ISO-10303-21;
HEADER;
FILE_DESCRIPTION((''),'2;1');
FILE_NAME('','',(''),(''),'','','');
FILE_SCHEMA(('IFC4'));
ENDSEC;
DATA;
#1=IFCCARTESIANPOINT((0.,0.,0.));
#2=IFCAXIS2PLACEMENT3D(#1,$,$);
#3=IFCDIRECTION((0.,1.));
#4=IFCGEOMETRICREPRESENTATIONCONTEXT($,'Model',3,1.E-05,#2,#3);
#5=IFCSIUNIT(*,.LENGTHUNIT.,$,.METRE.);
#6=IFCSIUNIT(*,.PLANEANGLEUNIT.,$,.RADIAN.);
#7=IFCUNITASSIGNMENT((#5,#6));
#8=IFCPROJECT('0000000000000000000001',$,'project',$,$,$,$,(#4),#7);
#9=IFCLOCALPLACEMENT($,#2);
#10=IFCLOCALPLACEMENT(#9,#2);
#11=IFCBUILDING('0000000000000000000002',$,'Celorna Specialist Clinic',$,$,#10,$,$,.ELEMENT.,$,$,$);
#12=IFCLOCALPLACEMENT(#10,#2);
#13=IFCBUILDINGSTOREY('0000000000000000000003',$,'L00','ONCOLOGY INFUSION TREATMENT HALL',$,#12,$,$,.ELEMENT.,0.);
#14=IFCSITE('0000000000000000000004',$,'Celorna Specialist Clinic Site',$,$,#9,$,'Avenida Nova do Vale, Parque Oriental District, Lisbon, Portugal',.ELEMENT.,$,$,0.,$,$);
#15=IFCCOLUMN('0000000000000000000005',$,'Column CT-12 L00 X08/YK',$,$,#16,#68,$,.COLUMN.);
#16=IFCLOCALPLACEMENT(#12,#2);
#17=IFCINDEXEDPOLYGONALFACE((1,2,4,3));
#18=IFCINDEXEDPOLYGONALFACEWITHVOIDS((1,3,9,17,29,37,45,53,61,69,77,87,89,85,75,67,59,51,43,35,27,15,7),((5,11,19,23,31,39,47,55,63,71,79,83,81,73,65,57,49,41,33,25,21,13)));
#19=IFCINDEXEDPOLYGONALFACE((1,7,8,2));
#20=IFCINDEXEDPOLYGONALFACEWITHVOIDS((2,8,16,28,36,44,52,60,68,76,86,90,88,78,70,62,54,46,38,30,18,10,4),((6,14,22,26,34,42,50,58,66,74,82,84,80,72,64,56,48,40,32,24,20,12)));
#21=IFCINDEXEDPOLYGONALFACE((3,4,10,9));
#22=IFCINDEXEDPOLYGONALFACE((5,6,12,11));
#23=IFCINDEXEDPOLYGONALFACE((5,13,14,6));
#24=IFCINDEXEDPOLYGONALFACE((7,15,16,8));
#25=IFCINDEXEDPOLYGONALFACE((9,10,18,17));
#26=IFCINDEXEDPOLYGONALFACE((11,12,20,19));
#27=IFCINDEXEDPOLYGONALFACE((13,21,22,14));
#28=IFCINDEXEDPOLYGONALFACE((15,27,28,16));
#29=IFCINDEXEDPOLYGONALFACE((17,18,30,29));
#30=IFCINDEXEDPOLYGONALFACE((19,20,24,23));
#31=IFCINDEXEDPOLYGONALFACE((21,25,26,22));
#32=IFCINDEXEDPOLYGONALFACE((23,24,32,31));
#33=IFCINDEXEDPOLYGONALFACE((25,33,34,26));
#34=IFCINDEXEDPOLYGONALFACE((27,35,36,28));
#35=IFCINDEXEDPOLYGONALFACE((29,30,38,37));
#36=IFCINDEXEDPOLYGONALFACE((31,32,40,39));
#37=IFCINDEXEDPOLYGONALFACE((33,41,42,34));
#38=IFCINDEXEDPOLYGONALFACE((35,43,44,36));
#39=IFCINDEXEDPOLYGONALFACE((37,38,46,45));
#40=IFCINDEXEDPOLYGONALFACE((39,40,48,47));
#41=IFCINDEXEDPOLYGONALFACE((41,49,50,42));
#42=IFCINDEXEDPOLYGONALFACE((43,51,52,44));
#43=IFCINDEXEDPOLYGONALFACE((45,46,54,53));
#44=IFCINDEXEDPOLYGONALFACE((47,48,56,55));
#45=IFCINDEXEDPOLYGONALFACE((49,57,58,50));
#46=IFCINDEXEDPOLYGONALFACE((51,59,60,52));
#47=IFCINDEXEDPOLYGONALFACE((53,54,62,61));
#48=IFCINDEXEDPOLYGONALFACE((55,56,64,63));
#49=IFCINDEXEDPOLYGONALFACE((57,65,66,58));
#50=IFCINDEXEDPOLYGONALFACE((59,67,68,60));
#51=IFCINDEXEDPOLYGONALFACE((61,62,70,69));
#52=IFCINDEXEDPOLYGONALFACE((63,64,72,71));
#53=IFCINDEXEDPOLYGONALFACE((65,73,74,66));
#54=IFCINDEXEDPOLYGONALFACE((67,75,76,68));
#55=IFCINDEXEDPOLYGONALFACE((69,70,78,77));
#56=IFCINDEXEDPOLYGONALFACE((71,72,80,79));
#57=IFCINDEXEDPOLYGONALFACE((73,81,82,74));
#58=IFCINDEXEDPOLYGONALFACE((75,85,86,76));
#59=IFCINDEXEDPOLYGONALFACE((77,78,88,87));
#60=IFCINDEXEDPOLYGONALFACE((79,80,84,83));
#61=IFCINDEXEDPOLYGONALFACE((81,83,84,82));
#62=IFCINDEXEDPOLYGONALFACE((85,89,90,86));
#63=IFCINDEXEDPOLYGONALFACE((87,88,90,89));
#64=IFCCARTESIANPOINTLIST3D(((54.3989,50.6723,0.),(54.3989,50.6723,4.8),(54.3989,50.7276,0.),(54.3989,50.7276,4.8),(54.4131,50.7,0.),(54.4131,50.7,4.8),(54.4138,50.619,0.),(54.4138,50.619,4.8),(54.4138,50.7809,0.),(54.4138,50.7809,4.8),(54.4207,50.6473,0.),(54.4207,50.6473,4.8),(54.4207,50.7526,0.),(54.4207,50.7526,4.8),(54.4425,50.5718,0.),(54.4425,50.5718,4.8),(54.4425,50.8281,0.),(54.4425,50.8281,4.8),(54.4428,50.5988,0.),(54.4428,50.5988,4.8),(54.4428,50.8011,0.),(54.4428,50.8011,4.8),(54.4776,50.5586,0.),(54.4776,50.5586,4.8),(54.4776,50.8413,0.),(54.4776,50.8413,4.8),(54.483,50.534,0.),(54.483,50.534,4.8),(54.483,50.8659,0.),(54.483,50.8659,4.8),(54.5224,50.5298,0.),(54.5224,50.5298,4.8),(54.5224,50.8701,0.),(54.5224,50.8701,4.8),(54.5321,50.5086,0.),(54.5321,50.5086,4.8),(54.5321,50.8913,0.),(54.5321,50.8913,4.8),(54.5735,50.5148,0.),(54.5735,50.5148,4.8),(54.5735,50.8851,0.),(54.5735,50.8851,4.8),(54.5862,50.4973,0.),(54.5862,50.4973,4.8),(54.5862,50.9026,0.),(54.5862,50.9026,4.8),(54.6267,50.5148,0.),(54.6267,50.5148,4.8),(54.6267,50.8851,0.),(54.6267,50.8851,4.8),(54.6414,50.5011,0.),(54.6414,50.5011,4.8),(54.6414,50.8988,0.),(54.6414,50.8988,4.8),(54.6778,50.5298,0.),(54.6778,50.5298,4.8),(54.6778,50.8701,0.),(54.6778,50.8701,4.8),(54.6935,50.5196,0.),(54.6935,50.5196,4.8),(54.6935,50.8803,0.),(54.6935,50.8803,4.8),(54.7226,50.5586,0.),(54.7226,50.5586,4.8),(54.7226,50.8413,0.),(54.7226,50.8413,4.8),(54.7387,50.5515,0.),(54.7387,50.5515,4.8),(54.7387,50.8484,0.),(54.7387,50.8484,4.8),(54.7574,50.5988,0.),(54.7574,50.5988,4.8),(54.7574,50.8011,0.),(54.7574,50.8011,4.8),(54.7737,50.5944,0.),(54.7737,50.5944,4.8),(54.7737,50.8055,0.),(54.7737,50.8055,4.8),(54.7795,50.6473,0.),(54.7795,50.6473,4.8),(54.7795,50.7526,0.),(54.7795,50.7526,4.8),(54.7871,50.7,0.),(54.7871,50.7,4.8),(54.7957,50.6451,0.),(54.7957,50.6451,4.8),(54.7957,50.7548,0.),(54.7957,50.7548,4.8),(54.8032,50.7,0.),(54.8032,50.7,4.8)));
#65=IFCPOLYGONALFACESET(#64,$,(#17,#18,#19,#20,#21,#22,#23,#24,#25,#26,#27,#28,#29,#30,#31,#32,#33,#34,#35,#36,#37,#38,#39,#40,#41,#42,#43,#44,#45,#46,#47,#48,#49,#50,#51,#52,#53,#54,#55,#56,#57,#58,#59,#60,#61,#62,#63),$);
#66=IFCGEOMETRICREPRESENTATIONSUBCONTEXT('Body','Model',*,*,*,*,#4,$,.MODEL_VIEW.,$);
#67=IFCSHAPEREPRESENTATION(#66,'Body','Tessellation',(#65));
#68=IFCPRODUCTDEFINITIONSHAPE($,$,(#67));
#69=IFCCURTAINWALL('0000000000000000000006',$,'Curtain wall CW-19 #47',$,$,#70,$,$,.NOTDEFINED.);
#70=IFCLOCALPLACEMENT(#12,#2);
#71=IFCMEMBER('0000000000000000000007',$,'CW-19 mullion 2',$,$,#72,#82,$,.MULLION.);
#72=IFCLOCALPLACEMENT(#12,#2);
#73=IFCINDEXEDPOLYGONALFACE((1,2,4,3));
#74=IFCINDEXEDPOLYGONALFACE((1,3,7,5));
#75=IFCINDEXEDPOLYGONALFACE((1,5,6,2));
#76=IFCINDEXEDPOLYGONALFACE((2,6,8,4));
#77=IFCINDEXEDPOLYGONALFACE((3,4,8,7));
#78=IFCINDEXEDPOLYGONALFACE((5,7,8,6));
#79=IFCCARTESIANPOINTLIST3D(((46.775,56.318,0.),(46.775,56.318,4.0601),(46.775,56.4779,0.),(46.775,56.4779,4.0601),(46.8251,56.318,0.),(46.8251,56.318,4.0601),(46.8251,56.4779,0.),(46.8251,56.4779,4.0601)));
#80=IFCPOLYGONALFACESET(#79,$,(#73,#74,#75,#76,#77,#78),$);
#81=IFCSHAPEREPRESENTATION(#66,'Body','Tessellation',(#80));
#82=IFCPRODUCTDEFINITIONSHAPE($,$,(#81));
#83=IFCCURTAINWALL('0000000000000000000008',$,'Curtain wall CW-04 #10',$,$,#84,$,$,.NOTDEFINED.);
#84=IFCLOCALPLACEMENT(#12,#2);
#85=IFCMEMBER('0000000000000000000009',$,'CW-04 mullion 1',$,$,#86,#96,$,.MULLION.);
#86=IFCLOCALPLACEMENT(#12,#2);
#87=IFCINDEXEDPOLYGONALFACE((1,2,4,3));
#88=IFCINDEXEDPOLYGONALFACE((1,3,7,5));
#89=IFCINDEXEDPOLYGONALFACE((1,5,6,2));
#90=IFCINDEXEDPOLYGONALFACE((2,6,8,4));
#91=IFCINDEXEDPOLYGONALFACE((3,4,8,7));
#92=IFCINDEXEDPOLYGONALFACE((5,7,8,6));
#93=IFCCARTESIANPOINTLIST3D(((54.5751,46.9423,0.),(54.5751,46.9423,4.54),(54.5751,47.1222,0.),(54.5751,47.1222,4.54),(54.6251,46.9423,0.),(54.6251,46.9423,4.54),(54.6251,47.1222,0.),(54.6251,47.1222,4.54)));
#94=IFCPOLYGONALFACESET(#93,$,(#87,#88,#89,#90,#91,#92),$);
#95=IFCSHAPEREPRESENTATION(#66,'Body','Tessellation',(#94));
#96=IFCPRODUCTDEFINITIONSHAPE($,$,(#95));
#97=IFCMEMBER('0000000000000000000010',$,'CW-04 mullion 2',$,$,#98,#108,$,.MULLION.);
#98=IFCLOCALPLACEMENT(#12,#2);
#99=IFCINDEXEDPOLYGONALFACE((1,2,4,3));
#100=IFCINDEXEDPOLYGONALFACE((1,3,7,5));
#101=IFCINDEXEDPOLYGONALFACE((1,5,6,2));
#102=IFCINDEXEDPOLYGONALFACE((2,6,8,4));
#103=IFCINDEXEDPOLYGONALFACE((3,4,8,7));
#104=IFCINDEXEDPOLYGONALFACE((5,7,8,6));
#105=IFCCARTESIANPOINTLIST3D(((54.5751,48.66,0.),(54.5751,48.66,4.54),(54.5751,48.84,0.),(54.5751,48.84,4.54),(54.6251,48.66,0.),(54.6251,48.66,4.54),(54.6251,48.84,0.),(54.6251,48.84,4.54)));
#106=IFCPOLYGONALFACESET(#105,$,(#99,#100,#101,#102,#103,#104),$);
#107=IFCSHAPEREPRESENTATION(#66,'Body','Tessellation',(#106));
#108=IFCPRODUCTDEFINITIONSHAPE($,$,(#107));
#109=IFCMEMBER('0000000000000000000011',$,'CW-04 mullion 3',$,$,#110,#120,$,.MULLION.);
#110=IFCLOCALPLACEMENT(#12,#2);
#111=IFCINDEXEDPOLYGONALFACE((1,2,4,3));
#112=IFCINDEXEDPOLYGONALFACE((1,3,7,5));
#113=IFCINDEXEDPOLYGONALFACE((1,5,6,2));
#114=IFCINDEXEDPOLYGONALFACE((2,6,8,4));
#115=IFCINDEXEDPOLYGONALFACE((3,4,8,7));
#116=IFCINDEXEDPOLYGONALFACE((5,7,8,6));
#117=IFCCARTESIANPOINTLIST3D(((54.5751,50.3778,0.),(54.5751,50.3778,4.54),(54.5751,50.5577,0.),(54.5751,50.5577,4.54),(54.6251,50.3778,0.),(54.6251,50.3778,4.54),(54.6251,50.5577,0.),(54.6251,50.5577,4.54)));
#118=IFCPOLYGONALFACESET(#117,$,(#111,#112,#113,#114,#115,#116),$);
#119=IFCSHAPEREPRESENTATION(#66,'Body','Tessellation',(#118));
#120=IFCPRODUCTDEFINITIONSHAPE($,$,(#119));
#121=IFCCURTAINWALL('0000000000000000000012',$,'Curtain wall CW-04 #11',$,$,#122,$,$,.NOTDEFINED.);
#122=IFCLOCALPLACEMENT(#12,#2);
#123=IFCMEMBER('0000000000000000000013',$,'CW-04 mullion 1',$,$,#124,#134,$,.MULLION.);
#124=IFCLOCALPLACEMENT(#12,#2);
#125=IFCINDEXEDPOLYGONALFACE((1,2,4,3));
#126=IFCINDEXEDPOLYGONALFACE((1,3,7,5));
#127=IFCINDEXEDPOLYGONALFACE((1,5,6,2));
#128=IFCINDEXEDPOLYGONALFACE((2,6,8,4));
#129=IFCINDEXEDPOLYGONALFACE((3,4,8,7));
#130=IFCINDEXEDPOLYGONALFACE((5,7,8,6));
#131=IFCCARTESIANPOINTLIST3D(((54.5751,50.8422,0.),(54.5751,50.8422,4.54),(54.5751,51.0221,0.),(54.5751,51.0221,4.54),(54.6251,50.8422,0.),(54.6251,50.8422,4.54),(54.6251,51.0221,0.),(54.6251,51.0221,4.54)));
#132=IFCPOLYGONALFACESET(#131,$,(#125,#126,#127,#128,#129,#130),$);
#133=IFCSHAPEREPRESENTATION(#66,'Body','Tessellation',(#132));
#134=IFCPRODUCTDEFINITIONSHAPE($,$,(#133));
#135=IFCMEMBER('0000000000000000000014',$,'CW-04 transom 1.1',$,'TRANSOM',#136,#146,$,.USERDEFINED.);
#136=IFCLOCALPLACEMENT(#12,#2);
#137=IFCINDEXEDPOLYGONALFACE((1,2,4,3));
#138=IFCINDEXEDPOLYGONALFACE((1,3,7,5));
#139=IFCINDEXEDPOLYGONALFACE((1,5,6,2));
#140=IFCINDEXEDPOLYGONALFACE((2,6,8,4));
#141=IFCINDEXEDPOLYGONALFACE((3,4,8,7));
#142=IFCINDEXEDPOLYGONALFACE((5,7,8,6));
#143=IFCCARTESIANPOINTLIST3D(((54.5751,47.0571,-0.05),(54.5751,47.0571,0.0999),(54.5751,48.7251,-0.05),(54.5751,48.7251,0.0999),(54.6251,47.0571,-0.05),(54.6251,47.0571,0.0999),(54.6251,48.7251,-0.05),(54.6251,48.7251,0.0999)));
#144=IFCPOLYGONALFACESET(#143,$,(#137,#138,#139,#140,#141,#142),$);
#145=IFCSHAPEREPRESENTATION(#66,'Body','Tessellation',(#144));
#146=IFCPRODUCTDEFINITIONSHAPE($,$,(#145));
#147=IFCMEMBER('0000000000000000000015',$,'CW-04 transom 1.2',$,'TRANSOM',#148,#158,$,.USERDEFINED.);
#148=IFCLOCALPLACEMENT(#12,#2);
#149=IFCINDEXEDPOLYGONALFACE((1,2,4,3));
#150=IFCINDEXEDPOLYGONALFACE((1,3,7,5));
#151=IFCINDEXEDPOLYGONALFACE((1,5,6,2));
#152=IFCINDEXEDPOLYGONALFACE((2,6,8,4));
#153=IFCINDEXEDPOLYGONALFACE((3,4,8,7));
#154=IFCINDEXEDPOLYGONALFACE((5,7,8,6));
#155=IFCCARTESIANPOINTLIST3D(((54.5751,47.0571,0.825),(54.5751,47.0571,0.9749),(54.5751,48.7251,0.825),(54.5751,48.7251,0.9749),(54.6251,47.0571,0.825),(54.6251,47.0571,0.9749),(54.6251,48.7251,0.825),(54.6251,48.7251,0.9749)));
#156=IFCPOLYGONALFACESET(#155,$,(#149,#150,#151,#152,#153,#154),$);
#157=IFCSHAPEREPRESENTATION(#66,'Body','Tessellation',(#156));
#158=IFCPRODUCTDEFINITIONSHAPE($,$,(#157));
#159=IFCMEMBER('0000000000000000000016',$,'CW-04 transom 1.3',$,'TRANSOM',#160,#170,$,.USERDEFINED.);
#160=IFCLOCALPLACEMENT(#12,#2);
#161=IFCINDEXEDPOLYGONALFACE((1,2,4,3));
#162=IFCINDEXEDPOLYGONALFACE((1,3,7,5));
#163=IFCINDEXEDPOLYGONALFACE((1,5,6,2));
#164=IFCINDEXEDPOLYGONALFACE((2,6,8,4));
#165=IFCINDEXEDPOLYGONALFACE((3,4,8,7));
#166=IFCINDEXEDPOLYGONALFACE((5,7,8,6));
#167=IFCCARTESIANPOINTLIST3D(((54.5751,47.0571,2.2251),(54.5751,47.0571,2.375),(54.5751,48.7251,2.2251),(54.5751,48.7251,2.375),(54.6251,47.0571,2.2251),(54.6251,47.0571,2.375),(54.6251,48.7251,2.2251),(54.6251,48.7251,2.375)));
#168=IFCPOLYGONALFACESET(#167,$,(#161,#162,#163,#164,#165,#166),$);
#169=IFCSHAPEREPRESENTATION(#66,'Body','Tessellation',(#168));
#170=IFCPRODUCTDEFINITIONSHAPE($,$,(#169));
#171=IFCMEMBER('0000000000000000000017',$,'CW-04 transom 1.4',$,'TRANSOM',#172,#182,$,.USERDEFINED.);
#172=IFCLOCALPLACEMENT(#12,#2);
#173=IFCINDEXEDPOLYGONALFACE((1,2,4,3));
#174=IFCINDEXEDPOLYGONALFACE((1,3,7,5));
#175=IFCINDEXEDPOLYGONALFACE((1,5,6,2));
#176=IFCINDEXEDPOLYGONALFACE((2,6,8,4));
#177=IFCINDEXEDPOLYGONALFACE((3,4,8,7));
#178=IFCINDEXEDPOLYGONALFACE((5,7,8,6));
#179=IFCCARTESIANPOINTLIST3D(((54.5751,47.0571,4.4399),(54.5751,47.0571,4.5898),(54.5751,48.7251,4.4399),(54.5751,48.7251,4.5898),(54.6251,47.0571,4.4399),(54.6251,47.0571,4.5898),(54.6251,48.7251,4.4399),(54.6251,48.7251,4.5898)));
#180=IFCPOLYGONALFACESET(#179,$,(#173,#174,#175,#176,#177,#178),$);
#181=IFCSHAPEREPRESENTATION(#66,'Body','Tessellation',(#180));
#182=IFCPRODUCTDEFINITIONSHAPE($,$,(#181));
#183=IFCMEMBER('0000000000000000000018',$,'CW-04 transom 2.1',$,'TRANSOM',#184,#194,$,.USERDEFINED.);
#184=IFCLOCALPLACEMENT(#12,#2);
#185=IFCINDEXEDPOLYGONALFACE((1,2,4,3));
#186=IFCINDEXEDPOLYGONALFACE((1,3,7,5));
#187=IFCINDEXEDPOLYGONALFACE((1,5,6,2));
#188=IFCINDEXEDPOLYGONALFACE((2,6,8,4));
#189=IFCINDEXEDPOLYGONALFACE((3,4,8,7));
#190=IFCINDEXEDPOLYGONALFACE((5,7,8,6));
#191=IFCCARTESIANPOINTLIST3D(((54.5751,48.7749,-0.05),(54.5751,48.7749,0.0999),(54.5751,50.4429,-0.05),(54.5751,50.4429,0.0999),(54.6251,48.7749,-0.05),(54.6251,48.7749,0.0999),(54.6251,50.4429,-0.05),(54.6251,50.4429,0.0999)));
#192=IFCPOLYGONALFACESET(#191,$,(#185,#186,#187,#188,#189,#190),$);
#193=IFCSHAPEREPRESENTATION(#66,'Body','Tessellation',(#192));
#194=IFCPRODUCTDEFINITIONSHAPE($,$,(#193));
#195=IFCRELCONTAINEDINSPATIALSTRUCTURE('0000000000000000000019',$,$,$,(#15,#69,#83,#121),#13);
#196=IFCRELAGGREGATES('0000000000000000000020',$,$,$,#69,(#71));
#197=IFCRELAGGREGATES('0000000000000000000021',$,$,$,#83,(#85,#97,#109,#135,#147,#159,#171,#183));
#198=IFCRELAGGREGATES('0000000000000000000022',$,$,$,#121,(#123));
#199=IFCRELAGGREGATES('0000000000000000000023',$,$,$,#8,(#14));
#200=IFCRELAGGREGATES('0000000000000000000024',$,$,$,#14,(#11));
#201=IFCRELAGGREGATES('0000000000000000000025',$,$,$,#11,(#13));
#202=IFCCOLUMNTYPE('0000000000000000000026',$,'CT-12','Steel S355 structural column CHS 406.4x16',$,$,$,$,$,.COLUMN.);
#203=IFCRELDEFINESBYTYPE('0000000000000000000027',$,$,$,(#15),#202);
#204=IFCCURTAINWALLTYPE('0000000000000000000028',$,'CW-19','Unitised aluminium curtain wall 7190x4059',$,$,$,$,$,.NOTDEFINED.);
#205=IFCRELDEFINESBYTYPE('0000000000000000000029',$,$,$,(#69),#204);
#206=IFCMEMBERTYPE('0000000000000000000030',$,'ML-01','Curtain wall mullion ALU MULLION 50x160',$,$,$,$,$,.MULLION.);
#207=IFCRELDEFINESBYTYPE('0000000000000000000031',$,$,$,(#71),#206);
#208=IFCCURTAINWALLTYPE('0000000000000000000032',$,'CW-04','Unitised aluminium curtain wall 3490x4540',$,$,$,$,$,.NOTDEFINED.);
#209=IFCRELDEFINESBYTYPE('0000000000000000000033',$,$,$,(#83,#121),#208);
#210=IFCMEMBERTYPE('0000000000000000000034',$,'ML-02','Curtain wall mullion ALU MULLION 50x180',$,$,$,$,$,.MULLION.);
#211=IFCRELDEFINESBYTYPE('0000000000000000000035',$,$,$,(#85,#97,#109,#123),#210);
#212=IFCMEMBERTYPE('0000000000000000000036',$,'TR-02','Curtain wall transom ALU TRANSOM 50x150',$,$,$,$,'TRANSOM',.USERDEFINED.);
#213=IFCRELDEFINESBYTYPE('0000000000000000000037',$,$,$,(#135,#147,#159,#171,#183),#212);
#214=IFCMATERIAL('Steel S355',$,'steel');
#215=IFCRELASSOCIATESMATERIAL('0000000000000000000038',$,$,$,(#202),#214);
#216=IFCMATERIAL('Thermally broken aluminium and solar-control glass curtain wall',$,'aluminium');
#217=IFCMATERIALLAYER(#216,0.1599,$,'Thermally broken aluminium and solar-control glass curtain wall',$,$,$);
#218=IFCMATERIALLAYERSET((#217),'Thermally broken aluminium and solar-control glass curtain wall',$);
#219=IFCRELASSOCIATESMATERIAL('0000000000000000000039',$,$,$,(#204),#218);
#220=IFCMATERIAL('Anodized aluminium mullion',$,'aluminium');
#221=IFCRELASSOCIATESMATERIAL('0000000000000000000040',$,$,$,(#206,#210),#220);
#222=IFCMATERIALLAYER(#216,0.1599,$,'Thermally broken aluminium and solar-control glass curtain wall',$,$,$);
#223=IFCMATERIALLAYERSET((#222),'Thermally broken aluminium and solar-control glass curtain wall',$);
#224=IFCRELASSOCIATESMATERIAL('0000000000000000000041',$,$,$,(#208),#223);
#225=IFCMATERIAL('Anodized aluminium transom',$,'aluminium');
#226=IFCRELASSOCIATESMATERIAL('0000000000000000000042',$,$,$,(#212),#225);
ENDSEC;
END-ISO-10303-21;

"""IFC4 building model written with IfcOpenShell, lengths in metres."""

from ifc_helpers import new_model, si_unit, direction, frame, origin, origin_2d, place, context, subcontext, project, spatial, rectangle, hollow_circle, extrude, material, layer, layer_set, material_profile, profile_set, type_object, element, aggregate, save


model = new_model("IFC4")

# Units and contexts
model_context = context("Model", 3, precision=1e-05, world=origin(), true_north=direction((0.0, 1.0)))
body_context = subcontext(model_context, "Body", "Model", "MODEL_VIEW")
ifc_project = project(units=[si_unit("LENGTHUNIT", "METRE"), si_unit("PLANEANGLEUNIT", "RADIAN")], contexts=[model_context])

# Site, building, storey
site_placement = place(None, origin())
site = spatial("IfcSite", under=ifc_project, at=site_placement, Name="Celorna Specialist Clinic Site", LongName="Avenida Nova do Vale, Parque Oriental District, Lisbon, Portugal", CompositionType="ELEMENT", RefElevation=0.0)
building_placement = place(site_placement, origin())
building = spatial("IfcBuilding", under=site, at=building_placement, Name="Celorna Specialist Clinic", CompositionType="ELEMENT")
storey_placement = place(building_placement, origin())
storey = spatial("IfcBuildingStorey", under=building, at=storey_placement, Name="L00", Description="ONCOLOGY INFUSION TREATMENT HALL", CompositionType="ELEMENT", Elevation=0.0)

# Column
ifc_material_1 = material(Name="Steel S355", Category="steel")
ifc_material_profile_1 = material_profile(ifc_material_1, hollow_circle(Radius=0.2031, WallThickness=0.0161, at=origin_2d()), Name="CHS 406.4x16")
ifc_profile_set_1 = profile_set([ifc_material_profile_1], Name="Steel S355")
column_type = type_object("IfcColumnType", Name="CT-12", Description="Steel S355 structural column CHS 406.4x16", PredefinedType="COLUMN", material=ifc_profile_set_1)
column_placement = place(storey_placement, frame((54.6001, 50.7, 0.0), z_axis=(0.0, 0.0, 1.0), x_axis=(1.0, 0.0, 0.0)))
element("IfcColumn", 1, at=column_placement, inside=storey, type_object=column_type, Name="Column CT-12 L00 X08/YK", PredefinedType="COLUMN", context=body_context, shape_type="SweptSolid", body=[
    extrude(hollow_circle(Radius=0.2031, WallThickness=0.0161, at=origin_2d()), origin(), (0.0, 0.0, 1.0), 4.8),
])

# Curtain wall, member
ifc_material_2 = material(Name="Thermally broken aluminium and solar-control glass curtain wall", Category="aluminium")
ifc_layer_1 = layer(ifc_material_2, 0.1599, Name="Thermally broken aluminium and solar-control glass curtain wall")
ifc_layer_set_1 = layer_set([ifc_layer_1], Name="Thermally broken aluminium and solar-control glass curtain wall")
curtain_wall_type_1 = type_object("IfcCurtainWallType", Name="CW-19", Description="Unitised aluminium curtain wall 7190x4059", PredefinedType="NOTDEFINED", material=ifc_layer_set_1)
curtain_wall_1_placement = place(storey_placement, origin())
curtain_wall_1 = element("IfcCurtainWall", 2, at=curtain_wall_1_placement, inside=storey, type_object=curtain_wall_type_1, Name="Curtain wall CW-19 #47", PredefinedType="NOTDEFINED")
ifc_material_3 = material(Name="Anodized aluminium mullion", Category="aluminium")
ifc_material_profile_2 = material_profile(ifc_material_3, rectangle(XDim=0.05, YDim=0.1599, at=origin_2d()), Name="ALU MULLION 50x160")
ifc_profile_set_2 = profile_set([ifc_material_profile_2], Name="Anodized aluminium mullion")
member_type_1 = type_object("IfcMemberType", Name="ML-01", Description="Curtain wall mullion ALU MULLION 50x160", PredefinedType="MULLION", material=ifc_profile_set_2)
member_1_placement = place(storey_placement, frame((46.8, 56.3979, 0.0), z_axis=(0.0, 0.0, 1.0), x_axis=(1.0, 0.0, 0.0)))
member_1 = element("IfcMember", 3, at=member_1_placement, type_object=member_type_1, Name="CW-19 mullion 2", PredefinedType="MULLION", context=body_context, shape_type="SweptSolid", body=[
    extrude(rectangle(XDim=0.05, YDim=0.1599, at=origin_2d()), origin(), (0.0, 0.0, 1.0), 4.0601),
])

# Curtain wall, members
ifc_layer_2 = layer(ifc_material_2, 0.1599, Name="Thermally broken aluminium and solar-control glass curtain wall")
ifc_layer_set_2 = layer_set([ifc_layer_2], Name="Thermally broken aluminium and solar-control glass curtain wall")
curtain_wall_type_2 = type_object("IfcCurtainWallType", Name="CW-04", Description="Unitised aluminium curtain wall 3490x4540", PredefinedType="NOTDEFINED", material=ifc_layer_set_2)
curtain_wall_2_placement = place(storey_placement, origin())
curtain_wall_2 = element("IfcCurtainWall", 4, at=curtain_wall_2_placement, inside=storey, type_object=curtain_wall_type_2, Name="Curtain wall CW-04 #10", PredefinedType="NOTDEFINED")
ifc_material_profile_3 = material_profile(ifc_material_3, rectangle(XDim=0.05, YDim=0.1799, at=origin_2d()), Name="ALU MULLION 50x180")
ifc_profile_set_3 = profile_set([ifc_material_profile_3], Name="Anodized aluminium mullion")
member_type_2 = type_object("IfcMemberType", Name="ML-02", Description="Curtain wall mullion ALU MULLION 50x180", PredefinedType="MULLION", material=ifc_profile_set_3)
member_2_placement = place(storey_placement, frame((54.6001, 47.0322, 0.0), z_axis=(0.0, 0.0, 1.0), x_axis=(-1.0, 0.0, 0.0)))
member_2 = element("IfcMember", 5, at=member_2_placement, type_object=member_type_2, Name="CW-04 mullion 1", PredefinedType="MULLION", context=body_context, shape_type="SweptSolid", body=[
    extrude(rectangle(XDim=0.05, YDim=0.1799, at=origin_2d()), origin(), (0.0, 0.0, 1.0), 4.54),
])
member_3_placement = place(storey_placement, frame((54.6001, 48.75, 0.0), z_axis=(0.0, 0.0, 1.0), x_axis=(-1.0, 0.0, 0.0)))
member_3 = element("IfcMember", 6, at=member_3_placement, type_object=member_type_2, Name="CW-04 mullion 2", PredefinedType="MULLION", context=body_context, shape_type="SweptSolid", body=[
    extrude(rectangle(XDim=0.05, YDim=0.1799, at=origin_2d()), origin(), (0.0, 0.0, 1.0), 4.54),
])
member_4_placement = place(storey_placement, frame((54.6001, 50.4678, 0.0), z_axis=(0.0, 0.0, 1.0), x_axis=(-1.0, 0.0, 0.0)))
member_4 = element("IfcMember", 7, at=member_4_placement, type_object=member_type_2, Name="CW-04 mullion 3", PredefinedType="MULLION", context=body_context, shape_type="SweptSolid", body=[
    extrude(rectangle(XDim=0.05, YDim=0.1799, at=origin_2d()), origin(), (0.0, 0.0, 1.0), 4.54),
])

# Curtain wall, member
curtain_wall_3_placement = place(storey_placement, origin())
curtain_wall_3 = element("IfcCurtainWall", 8, at=curtain_wall_3_placement, inside=storey, type_object=curtain_wall_type_2, Name="Curtain wall CW-04 #11", PredefinedType="NOTDEFINED")
member_5_placement = place(storey_placement, frame((54.6001, 50.9321, 0.0), z_axis=(0.0, 0.0, 1.0), x_axis=(-1.0, 0.0, 0.0)))
member_5 = element("IfcMember", 9, at=member_5_placement, type_object=member_type_2, Name="CW-04 mullion 1", PredefinedType="MULLION", context=body_context, shape_type="SweptSolid", body=[
    extrude(rectangle(XDim=0.05, YDim=0.1799, at=origin_2d()), origin(), (0.0, 0.0, 1.0), 4.54),
])

# Members
ifc_material_4 = material(Name="Anodized aluminium transom", Category="aluminium")
ifc_material_profile_4 = material_profile(ifc_material_4, rectangle(XDim=0.05, YDim=0.1499, at=origin_2d()), Name="ALU TRANSOM 50x150")
ifc_profile_set_4 = profile_set([ifc_material_profile_4], Name="Anodized aluminium transom")
member_type_3 = type_object("IfcMemberType", Name="TR-02", Description="Curtain wall transom ALU TRANSOM 50x150", ElementType="TRANSOM", PredefinedType="USERDEFINED", material=ifc_profile_set_4)
member_6_placement = place(storey_placement, frame((54.6001, 47.0571, 0.0249), z_axis=(0.0, 1.0, 0.0), x_axis=(-1.0, 0.0, 0.0)))
member_6 = element("IfcMember", 10, at=member_6_placement, type_object=member_type_3, Name="CW-04 transom 1.1", ObjectType="TRANSOM", PredefinedType="USERDEFINED", context=body_context, shape_type="SweptSolid", body=[
    extrude(rectangle(XDim=0.05, YDim=0.1499, at=origin_2d()), origin(), (0.0, 0.0, 1.0), 1.668),
])
member_7_placement = place(storey_placement, frame((54.6001, 47.0571, 0.8999), z_axis=(0.0, 1.0, 0.0), x_axis=(-1.0, 0.0, 0.0)))
member_7 = element("IfcMember", 11, at=member_7_placement, type_object=member_type_3, Name="CW-04 transom 1.2", ObjectType="TRANSOM", PredefinedType="USERDEFINED", context=body_context, shape_type="SweptSolid", body=[
    extrude(rectangle(XDim=0.05, YDim=0.1499, at=origin_2d()), origin(), (0.0, 0.0, 1.0), 1.668),
])
member_8_placement = place(storey_placement, frame((54.6001, 47.0571, 2.3), z_axis=(0.0, 1.0, 0.0), x_axis=(-1.0, 0.0, 0.0)))
member_8 = element("IfcMember", 12, at=member_8_placement, type_object=member_type_3, Name="CW-04 transom 1.3", ObjectType="TRANSOM", PredefinedType="USERDEFINED", context=body_context, shape_type="SweptSolid", body=[
    extrude(rectangle(XDim=0.05, YDim=0.1499, at=origin_2d()), origin(), (0.0, 0.0, 1.0), 1.668),
])
member_9_placement = place(storey_placement, frame((54.6001, 47.0571, 4.5149), z_axis=(0.0, 1.0, 0.0), x_axis=(-1.0, 0.0, 0.0)))
member_9 = element("IfcMember", 13, at=member_9_placement, type_object=member_type_3, Name="CW-04 transom 1.4", ObjectType="TRANSOM", PredefinedType="USERDEFINED", context=body_context, shape_type="SweptSolid", body=[
    extrude(rectangle(XDim=0.05, YDim=0.1499, at=origin_2d()), origin(), (0.0, 0.0, 1.0), 1.668),
])
member_10_placement = place(storey_placement, frame((54.6001, 48.7749, 0.0249), z_axis=(0.0, 1.0, 0.0), x_axis=(-1.0, 0.0, 0.0)))
member_10 = element("IfcMember", 14, at=member_10_placement, type_object=member_type_3, Name="CW-04 transom 2.1", ObjectType="TRANSOM", PredefinedType="USERDEFINED", context=body_context, shape_type="SweptSolid", body=[
    extrude(rectangle(XDim=0.05, YDim=0.1499, at=origin_2d()), origin(), (0.0, 0.0, 1.0), 1.668),
])

aggregate(curtain_wall_1, [member_1])
aggregate(curtain_wall_2, [member_2, member_3, member_4, member_6, member_7, member_8, member_9, member_10])
aggregate(curtain_wall_3, [member_5])

save(model, "model.ifc")
